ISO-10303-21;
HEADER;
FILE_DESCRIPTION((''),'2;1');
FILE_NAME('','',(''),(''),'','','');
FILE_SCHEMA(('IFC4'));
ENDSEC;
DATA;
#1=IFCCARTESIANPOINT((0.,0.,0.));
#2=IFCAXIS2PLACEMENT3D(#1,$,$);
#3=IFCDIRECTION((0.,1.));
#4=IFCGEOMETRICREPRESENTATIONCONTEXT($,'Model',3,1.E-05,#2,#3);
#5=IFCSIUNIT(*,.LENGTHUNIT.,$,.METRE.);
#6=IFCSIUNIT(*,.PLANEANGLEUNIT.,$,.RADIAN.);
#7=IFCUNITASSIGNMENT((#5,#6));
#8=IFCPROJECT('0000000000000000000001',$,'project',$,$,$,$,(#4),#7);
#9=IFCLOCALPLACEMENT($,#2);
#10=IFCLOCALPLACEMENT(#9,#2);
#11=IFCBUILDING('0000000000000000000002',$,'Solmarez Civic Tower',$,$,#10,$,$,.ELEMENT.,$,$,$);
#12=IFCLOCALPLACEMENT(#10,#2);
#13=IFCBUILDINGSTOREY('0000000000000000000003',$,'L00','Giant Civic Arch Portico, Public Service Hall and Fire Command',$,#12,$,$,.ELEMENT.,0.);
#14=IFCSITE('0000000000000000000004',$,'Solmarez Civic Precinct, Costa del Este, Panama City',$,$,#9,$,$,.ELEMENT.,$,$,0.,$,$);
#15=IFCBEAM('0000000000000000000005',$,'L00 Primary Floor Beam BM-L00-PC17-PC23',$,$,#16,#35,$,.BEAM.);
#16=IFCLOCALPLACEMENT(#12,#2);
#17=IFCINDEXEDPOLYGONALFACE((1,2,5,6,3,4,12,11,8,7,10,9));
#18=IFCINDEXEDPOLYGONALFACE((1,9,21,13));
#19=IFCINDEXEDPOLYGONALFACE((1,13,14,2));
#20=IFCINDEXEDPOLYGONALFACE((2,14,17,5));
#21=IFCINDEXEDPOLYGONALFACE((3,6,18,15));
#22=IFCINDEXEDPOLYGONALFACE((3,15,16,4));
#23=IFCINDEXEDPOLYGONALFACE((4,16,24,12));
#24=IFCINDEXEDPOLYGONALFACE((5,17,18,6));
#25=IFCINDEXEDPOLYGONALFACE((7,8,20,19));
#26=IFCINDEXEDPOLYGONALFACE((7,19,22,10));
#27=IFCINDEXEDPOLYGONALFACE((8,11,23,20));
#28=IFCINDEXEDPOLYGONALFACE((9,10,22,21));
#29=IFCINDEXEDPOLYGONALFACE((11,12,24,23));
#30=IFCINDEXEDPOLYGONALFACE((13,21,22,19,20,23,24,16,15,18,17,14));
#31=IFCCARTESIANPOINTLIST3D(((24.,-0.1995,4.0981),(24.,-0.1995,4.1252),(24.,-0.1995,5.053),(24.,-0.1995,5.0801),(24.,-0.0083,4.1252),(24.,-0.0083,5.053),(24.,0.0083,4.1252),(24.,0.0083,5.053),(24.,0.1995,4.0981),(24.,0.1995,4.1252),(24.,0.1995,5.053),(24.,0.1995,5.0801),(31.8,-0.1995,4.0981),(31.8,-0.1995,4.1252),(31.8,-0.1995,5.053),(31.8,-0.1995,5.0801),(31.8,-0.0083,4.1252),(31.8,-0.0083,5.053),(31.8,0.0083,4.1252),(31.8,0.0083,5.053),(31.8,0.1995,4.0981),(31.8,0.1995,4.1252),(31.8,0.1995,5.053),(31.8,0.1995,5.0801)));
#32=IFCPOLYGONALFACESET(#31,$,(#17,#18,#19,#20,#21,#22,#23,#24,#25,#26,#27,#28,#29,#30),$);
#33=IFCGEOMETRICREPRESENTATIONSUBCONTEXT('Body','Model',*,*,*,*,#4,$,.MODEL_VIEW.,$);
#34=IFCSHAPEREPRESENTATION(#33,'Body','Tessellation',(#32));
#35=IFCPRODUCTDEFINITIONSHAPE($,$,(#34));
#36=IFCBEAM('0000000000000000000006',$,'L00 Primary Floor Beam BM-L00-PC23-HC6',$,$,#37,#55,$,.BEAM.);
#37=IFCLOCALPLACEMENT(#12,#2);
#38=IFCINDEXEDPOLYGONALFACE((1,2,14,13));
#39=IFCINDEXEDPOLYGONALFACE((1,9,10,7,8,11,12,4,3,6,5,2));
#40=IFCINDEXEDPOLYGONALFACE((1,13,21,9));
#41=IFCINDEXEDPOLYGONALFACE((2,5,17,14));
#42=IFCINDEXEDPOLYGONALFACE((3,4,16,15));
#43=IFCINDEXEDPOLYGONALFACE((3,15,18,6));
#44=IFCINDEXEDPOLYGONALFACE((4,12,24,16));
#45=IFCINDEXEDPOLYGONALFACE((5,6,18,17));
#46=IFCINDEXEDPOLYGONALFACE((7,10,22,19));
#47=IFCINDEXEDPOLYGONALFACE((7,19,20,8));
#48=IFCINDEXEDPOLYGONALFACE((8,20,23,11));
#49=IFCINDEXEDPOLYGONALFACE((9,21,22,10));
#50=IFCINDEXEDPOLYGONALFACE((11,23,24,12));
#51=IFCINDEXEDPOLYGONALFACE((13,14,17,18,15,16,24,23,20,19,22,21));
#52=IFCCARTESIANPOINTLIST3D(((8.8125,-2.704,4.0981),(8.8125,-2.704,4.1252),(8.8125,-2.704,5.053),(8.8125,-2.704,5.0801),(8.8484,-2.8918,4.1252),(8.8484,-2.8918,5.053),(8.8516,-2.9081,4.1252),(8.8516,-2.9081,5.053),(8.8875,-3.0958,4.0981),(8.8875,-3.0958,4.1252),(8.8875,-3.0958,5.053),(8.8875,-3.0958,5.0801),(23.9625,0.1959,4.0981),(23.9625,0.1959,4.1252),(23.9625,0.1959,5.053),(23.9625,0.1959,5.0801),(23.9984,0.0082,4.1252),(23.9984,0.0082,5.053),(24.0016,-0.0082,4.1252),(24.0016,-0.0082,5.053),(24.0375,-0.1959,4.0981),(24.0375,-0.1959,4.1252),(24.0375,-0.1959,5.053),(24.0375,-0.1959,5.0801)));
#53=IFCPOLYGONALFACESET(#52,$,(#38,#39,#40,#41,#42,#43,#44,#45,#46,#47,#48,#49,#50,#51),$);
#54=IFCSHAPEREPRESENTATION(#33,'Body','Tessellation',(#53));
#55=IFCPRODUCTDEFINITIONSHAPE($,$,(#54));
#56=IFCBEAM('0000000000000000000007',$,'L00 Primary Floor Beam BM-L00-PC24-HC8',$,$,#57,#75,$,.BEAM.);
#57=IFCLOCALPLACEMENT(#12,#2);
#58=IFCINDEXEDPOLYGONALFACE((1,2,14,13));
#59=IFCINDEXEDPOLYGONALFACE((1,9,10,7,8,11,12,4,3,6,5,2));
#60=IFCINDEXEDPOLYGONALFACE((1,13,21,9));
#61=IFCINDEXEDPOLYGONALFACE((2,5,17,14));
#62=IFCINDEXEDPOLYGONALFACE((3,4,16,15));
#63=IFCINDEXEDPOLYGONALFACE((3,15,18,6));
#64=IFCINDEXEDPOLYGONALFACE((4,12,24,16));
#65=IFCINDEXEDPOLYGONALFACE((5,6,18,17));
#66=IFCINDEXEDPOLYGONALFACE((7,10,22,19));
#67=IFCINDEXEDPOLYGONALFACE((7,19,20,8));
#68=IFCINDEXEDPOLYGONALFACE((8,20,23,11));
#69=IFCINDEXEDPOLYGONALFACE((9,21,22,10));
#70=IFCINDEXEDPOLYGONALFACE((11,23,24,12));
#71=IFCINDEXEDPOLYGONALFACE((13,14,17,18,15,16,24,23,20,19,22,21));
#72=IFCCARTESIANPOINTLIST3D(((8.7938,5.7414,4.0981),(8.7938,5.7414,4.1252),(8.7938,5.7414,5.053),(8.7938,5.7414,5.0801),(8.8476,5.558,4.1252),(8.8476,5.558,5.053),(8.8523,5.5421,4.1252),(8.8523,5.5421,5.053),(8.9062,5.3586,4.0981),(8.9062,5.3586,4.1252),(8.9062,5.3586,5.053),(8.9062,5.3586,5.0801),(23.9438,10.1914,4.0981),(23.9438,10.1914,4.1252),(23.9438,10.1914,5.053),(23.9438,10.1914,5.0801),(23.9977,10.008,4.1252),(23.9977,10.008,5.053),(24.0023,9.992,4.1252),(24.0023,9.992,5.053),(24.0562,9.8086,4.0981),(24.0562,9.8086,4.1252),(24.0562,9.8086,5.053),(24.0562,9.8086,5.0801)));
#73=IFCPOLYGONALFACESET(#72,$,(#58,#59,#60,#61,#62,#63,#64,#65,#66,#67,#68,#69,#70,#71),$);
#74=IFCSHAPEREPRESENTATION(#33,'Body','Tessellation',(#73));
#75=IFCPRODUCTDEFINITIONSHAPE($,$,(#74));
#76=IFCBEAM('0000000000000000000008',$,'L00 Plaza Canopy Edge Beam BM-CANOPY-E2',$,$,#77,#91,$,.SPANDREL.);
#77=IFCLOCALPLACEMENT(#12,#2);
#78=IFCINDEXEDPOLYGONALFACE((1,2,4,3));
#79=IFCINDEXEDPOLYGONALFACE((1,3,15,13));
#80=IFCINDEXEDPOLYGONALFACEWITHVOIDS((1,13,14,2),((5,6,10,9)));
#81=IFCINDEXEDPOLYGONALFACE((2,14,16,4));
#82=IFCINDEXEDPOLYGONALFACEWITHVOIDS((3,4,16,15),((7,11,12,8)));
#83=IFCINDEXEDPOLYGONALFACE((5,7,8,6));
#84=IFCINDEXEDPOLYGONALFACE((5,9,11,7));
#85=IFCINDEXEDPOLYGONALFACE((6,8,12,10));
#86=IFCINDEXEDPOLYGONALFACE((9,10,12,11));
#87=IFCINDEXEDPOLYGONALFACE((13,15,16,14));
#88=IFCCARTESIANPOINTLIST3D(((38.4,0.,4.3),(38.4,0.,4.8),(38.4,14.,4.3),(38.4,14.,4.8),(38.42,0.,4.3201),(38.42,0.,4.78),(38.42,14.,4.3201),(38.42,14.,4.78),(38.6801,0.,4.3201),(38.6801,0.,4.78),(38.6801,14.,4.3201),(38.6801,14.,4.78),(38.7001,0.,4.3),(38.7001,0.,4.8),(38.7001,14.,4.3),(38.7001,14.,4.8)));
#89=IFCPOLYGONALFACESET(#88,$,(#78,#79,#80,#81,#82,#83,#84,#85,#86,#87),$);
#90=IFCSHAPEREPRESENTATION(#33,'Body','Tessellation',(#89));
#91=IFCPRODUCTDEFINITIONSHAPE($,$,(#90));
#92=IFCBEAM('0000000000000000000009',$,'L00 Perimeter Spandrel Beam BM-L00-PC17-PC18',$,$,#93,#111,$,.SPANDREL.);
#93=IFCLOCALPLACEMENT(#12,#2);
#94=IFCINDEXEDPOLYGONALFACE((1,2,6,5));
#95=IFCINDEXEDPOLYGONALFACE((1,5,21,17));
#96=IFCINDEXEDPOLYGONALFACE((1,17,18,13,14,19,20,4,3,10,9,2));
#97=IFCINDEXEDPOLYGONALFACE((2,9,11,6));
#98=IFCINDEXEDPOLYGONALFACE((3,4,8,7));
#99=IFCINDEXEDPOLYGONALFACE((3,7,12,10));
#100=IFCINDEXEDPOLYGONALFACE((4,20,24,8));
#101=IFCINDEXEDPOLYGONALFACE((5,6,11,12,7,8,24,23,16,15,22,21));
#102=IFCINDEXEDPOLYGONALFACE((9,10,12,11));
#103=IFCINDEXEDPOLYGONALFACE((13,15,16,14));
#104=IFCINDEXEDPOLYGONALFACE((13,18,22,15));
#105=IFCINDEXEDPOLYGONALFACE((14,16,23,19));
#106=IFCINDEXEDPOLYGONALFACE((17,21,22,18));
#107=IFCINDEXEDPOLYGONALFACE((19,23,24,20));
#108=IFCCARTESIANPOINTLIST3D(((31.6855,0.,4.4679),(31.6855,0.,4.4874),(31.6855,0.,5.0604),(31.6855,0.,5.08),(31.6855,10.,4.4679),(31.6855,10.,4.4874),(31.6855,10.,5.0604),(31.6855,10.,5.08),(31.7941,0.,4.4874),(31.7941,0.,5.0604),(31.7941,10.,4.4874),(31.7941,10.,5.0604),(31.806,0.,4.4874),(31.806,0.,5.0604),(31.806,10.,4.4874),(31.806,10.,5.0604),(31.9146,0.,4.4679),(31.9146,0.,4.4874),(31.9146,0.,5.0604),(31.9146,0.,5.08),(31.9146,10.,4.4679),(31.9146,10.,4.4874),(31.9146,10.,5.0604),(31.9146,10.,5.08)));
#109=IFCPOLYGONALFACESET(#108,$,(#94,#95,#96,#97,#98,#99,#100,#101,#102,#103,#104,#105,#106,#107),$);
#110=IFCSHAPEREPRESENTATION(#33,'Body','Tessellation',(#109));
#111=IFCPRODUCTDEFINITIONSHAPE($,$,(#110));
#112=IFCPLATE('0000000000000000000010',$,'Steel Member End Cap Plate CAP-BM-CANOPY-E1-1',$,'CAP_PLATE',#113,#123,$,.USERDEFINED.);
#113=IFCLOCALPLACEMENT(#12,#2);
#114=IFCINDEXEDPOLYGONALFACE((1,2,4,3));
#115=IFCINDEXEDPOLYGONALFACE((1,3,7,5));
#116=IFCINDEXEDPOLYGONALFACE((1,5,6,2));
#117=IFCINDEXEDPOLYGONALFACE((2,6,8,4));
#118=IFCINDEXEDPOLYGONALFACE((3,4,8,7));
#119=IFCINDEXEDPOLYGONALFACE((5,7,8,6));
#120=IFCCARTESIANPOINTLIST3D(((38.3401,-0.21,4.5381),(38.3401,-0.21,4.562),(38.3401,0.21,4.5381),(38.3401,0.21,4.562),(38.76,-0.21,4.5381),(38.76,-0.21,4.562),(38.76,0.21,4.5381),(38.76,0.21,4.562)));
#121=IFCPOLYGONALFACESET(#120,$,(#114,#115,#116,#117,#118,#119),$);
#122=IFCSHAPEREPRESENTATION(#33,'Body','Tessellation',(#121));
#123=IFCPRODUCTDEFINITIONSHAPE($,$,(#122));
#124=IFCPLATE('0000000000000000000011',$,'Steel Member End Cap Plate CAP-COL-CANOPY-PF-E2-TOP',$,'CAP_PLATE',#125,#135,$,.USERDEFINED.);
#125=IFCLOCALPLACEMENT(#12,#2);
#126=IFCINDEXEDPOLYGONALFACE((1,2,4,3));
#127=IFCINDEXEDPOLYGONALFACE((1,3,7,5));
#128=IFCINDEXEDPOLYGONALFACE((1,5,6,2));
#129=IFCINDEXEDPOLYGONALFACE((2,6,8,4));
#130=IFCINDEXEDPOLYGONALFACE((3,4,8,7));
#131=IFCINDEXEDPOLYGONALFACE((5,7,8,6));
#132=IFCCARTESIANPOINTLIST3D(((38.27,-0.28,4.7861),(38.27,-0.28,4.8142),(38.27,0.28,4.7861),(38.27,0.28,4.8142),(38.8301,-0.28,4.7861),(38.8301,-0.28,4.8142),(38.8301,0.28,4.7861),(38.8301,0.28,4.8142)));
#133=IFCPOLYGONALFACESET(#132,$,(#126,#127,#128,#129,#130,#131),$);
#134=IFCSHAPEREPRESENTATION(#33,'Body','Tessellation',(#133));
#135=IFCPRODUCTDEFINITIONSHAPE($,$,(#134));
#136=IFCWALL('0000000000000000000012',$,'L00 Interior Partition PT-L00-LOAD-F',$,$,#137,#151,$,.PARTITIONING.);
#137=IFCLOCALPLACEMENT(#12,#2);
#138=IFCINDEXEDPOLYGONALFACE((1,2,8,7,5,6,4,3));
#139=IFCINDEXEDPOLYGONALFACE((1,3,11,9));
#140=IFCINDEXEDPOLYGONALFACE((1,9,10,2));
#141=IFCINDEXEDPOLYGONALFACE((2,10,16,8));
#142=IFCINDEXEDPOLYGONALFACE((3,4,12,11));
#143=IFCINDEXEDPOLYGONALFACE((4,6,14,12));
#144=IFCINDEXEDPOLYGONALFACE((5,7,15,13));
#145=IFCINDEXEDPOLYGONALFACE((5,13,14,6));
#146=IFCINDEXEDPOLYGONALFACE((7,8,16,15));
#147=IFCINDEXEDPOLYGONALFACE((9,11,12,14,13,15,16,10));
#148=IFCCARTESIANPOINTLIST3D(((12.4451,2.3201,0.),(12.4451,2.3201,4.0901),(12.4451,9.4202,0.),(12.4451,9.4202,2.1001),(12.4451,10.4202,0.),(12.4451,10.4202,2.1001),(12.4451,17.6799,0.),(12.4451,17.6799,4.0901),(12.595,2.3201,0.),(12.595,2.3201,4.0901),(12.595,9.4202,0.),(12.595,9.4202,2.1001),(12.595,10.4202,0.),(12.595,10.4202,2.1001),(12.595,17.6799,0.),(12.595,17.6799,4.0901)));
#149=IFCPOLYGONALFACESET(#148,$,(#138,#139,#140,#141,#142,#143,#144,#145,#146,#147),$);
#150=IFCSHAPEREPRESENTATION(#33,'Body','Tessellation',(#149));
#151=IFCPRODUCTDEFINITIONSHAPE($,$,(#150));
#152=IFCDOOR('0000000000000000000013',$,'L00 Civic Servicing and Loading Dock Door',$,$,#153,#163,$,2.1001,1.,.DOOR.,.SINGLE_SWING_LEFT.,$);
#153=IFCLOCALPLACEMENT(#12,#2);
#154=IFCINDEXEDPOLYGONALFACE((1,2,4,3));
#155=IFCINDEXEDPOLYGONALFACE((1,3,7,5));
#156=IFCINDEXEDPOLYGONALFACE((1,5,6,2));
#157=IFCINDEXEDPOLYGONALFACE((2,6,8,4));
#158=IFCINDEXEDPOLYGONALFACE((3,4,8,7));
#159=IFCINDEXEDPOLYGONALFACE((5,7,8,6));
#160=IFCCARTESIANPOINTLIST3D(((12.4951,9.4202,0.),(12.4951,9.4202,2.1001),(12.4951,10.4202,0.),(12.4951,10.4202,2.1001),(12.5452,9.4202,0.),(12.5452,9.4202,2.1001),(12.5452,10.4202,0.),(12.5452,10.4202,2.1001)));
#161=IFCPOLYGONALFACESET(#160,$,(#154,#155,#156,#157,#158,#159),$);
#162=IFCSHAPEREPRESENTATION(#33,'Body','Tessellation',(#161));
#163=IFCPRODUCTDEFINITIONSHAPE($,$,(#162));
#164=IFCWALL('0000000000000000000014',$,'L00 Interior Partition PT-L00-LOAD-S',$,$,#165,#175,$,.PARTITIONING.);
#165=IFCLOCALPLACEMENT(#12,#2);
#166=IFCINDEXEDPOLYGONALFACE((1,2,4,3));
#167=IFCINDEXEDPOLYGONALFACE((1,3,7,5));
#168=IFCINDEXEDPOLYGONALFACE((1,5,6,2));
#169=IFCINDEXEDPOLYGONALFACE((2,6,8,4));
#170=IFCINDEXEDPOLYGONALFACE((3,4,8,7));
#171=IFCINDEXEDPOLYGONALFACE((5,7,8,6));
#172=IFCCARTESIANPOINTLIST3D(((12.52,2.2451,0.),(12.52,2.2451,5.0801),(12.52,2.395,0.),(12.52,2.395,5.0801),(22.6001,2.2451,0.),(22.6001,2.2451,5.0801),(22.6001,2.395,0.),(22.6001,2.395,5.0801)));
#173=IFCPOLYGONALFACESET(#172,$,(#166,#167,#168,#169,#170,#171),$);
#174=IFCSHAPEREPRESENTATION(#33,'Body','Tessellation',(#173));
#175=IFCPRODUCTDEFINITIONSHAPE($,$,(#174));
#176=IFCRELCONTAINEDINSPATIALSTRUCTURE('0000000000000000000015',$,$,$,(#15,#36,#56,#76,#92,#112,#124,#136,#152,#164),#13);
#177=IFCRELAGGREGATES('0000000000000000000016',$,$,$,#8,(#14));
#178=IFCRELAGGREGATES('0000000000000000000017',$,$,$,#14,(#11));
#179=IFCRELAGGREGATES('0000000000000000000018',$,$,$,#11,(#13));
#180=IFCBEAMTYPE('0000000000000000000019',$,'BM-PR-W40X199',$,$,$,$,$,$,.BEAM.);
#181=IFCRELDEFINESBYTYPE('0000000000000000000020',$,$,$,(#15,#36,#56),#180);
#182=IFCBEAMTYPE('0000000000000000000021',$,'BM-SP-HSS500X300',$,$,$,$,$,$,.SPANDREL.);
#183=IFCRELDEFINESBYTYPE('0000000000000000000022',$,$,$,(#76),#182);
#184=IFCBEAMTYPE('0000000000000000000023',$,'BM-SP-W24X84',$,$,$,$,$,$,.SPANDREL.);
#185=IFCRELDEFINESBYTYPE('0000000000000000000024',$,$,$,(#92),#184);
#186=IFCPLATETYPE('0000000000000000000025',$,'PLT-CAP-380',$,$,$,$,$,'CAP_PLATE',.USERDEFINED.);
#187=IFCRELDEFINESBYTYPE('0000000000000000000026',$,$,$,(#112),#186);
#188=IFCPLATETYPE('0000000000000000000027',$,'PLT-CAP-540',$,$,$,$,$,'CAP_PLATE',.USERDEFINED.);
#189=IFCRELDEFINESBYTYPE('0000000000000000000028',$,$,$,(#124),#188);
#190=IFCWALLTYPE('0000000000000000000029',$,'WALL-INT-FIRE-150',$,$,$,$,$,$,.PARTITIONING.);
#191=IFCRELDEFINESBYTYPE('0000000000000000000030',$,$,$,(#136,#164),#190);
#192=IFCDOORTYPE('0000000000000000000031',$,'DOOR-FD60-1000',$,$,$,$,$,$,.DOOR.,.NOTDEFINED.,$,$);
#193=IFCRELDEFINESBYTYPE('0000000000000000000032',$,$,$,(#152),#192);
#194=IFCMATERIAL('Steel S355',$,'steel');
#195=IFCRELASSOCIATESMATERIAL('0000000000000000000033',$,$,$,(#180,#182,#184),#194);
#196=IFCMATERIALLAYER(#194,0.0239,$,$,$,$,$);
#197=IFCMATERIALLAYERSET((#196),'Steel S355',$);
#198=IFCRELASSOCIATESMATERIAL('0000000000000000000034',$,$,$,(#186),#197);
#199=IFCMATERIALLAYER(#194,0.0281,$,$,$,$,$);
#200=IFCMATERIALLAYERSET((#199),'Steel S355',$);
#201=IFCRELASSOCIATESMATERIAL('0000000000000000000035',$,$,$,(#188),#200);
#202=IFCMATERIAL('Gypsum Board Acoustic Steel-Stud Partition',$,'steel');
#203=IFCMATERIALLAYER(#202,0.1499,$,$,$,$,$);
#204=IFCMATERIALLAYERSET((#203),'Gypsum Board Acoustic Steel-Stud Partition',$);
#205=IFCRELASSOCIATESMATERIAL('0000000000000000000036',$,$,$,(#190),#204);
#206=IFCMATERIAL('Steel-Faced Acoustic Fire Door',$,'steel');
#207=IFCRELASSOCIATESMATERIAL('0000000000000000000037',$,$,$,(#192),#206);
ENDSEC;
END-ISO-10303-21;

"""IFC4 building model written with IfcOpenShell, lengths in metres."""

from ifc_helpers import new_model, si_unit, direction, frame, frame_2d, origin, origin_2d, place, context, subcontext, project, spatial, rectangle, hollow_rectangle, i_section, extrude, material, layer, layer_set, material_profile, profile_set, type_object, element, fill, save


model = new_model("IFC4")

# Units and contexts
model_context = context("Model", 3, precision=1e-05, world=origin(), true_north=direction((0.0, 1.0)))
body_context = subcontext(model_context, "Body", "Model", "MODEL_VIEW")
ifc_project = project(units=[si_unit("LENGTHUNIT", "METRE"), si_unit("PLANEANGLEUNIT", "RADIAN")], contexts=[model_context])

# Site, building, storey
site_placement = place(None, origin())
site = spatial("IfcSite", under=ifc_project, at=site_placement, Name="Solmarez Civic Precinct, Costa del Este, Panama City", CompositionType="ELEMENT", RefElevation=0.0)
building_placement = place(site_placement, origin())
building = spatial("IfcBuilding", under=site, at=building_placement, Name="Solmarez Civic Tower", CompositionType="ELEMENT")
storey_placement = place(building_placement, origin())
storey = spatial("IfcBuildingStorey", under=building, at=storey_placement, Name="L00", Description="Giant Civic Arch Portico, Public Service Hall and Fire Command", CompositionType="ELEMENT", Elevation=0.0)

# Shared definitions
ifc_material_1 = material(Name="Steel S355", Category="steel")

# Beams
ifc_material_profile_1 = material_profile(ifc_material_1, i_section(OverallWidth=0.3989, OverallDepth=0.9819, WebThickness=0.0166, FlangeThickness=0.0271, at=origin_2d()), Name="W40X199")
ifc_profile_set_1 = profile_set([ifc_material_profile_1], Name="Steel S355")
beam_type_1 = type_object("IfcBeamType", Name="BM-PR-W40X199", PredefinedType="BEAM", material=ifc_profile_set_1)
beam_1_placement = place(storey_placement, frame((31.8, 0.0, 4.5891), z_axis=(-1.0, 0.0, 0.0), x_axis=(0.0, -1.0, 0.0)))
element("IfcBeam", 1, at=beam_1_placement, inside=storey, type_object=beam_type_1, Name="L00 Primary Floor Beam BM-L00-PC17-PC23", PredefinedType="BEAM", context=body_context, shape_type="SweptSolid", body=[
    extrude(i_section(OverallWidth=0.3989, OverallDepth=0.9819, WebThickness=0.0166, FlangeThickness=0.0271, at=origin_2d()), origin(), (0.0, 0.0, 1.0), 7.8),
])
beam_2_placement = place(storey_placement, frame((24.0, 0.0, 4.5891), z_axis=(-0.982169, -0.188001, 0.0), x_axis=(0.188001, -0.982169, 0.0)))
element("IfcBeam", 2, at=beam_2_placement, inside=storey, type_object=beam_type_1, Name="L00 Primary Floor Beam BM-L00-PC23-HC6", PredefinedType="BEAM", context=body_context, shape_type="SweptSolid", body=[
    extrude(i_section(OverallWidth=0.3989, OverallDepth=0.9819, WebThickness=0.0166, FlangeThickness=0.0271, at=origin_2d()), origin(), (0.0, 0.0, 1.0), 15.425),
])
beam_3_placement = place(storey_placement, frame((24.0, 10.0, 4.5891), z_axis=(-0.959467, -0.281822, 0.0), x_axis=(0.281822, -0.959467, 0.0)))
element("IfcBeam", 3, at=beam_3_placement, inside=storey, type_object=beam_type_1, Name="L00 Primary Floor Beam BM-L00-PC24-HC8", PredefinedType="BEAM", context=body_context, shape_type="SweptSolid", body=[
    extrude(i_section(OverallWidth=0.3989, OverallDepth=0.9819, WebThickness=0.0166, FlangeThickness=0.0271, at=origin_2d()), origin(), (0.0, 0.0, 1.0), 15.79),
])
ifc_material_profile_2 = material_profile(ifc_material_1, hollow_rectangle(XDim=0.3, YDim=0.5, WallThickness=0.02, at=origin_2d()), Name="HSS500X300X20")
ifc_profile_set_2 = profile_set([ifc_material_profile_2], Name="Steel S355")
beam_type_2 = type_object("IfcBeamType", Name="BM-SP-HSS500X300", PredefinedType="SPANDREL", material=ifc_profile_set_2)
beam_4_placement = place(storey_placement, frame((38.55, 0.0, 4.55), z_axis=(0.0, 1.0, 0.0), x_axis=(-1.0, 0.0, 0.0)))
element("IfcBeam", 4, at=beam_4_placement, inside=storey, type_object=beam_type_2, Name="L00 Plaza Canopy Edge Beam BM-CANOPY-E2", PredefinedType="SPANDREL", context=body_context, shape_type="SweptSolid", body=[
    extrude(hollow_rectangle(XDim=0.3, YDim=0.5, WallThickness=0.02, at=origin_2d()), origin(), (0.0, 0.0, 1.0), 14.0),
])
ifc_material_profile_3 = material_profile(ifc_material_1, i_section(OverallWidth=0.229, OverallDepth=0.6121, WebThickness=0.012, FlangeThickness=0.0195, at=origin_2d()), Name="W24X84")
ifc_profile_set_3 = profile_set([ifc_material_profile_3], Name="Steel S355")
beam_type_3 = type_object("IfcBeamType", Name="BM-SP-W24X84", PredefinedType="SPANDREL", material=ifc_profile_set_3)
beam_5_placement = place(storey_placement, frame((31.8, 0.0, 4.7739), z_axis=(0.0, 1.0, 0.0), x_axis=(-1.0, 0.0, 0.0)))
element("IfcBeam", 5, at=beam_5_placement, inside=storey, type_object=beam_type_3, Name="L00 Perimeter Spandrel Beam BM-L00-PC17-PC18", PredefinedType="SPANDREL", context=body_context, shape_type="SweptSolid", body=[
    extrude(i_section(OverallWidth=0.229, OverallDepth=0.6121, WebThickness=0.012, FlangeThickness=0.0195, at=origin_2d()), origin(), (0.0, 0.0, 1.0), 10.0),
])

# Plates
ifc_layer_1 = layer(ifc_material_1, 0.0239)
ifc_layer_set_1 = layer_set([ifc_layer_1], Name="Steel S355")
plate_type_1 = type_object("IfcPlateType", Name="PLT-CAP-380", ElementType="CAP_PLATE", PredefinedType="USERDEFINED", material=ifc_layer_set_1)
plate_1_placement = place(storey_placement, frame((38.55, 0.0, 4.5381), z_axis=(0.0, 0.0, 1.0), x_axis=(1.0, 0.0, 0.0)))
element("IfcPlate", 6, at=plate_1_placement, inside=storey, type_object=plate_type_1, Name="Steel Member End Cap Plate CAP-BM-CANOPY-E1-1", ObjectType="CAP_PLATE", PredefinedType="USERDEFINED", context=body_context, shape_type="SweptSolid", body=[
    extrude(rectangle(XDim=0.4199, YDim=0.4199, at=origin_2d()), origin(), (0.0, 0.0, 1.0), 0.0239),
])
ifc_layer_2 = layer(ifc_material_1, 0.0281)
ifc_layer_set_2 = layer_set([ifc_layer_2], Name="Steel S355")
plate_type_2 = type_object("IfcPlateType", Name="PLT-CAP-540", ElementType="CAP_PLATE", PredefinedType="USERDEFINED", material=ifc_layer_set_2)
plate_2_placement = place(storey_placement, frame((38.55, 0.0, 4.7861), z_axis=(0.0, 0.0, 1.0), x_axis=(1.0, 0.0, 0.0)))
element("IfcPlate", 7, at=plate_2_placement, inside=storey, type_object=plate_type_2, Name="Steel Member End Cap Plate CAP-COL-CANOPY-PF-E2-TOP", ObjectType="CAP_PLATE", PredefinedType="USERDEFINED", context=body_context, shape_type="SweptSolid", body=[
    extrude(rectangle(XDim=0.5601, YDim=0.5601, at=origin_2d()), origin(), (0.0, 0.0, 1.0), 0.0281),
])

# Wall, opening, door
ifc_material_2 = material(Name="Gypsum Board Acoustic Steel-Stud Partition", Category="steel")
ifc_layer_3 = layer(ifc_material_2, 0.1499)
ifc_layer_set_3 = layer_set([ifc_layer_3], Name="Gypsum Board Acoustic Steel-Stud Partition")
wall_type = type_object("IfcWallType", Name="WALL-INT-FIRE-150", PredefinedType="PARTITIONING", material=ifc_layer_set_3)
wall_1_placement = place(storey_placement, frame((12.52, 2.3201, 0.0), z_axis=(0.0, 0.0, 1.0), x_axis=(0.0, 1.0, 0.0)))
wall_1 = element("IfcWall", 8, at=wall_1_placement, inside=storey, type_object=wall_type, Name="L00 Interior Partition PT-L00-LOAD-F", PredefinedType="PARTITIONING", context=body_context, shape_type="SweptSolid", body=[
    extrude(rectangle(XDim=15.3599, YDim=0.1499, at=frame_2d((7.6799, 0.0))), origin(), (0.0, 0.0, 1.0), 4.0901),
])
opening_placement = place(wall_1_placement, frame((7.1001, 0.0, 0.0)))
opening = element("IfcOpeningElement", 9, at=opening_placement, cuts=wall_1, PredefinedType="OPENING", context=body_context, shape_type="SweptSolid", body=[
    extrude(rectangle(XDim=1.0, YDim=2.1001, at=frame_2d((0.5, 1.05))), frame((0.0, 0.085, 0.0), z_axis=(0.0, -1.0, 0.0), x_axis=(1.0, 0.0, 0.0)), (0.0, 0.0, 1.0), 0.1699),
])
ifc_material_3 = material(Name="Steel-Faced Acoustic Fire Door", Category="steel")
door_type = type_object("IfcDoorType", Name="DOOR-FD60-1000", OperationType="NOTDEFINED", PredefinedType="DOOR", material=ifc_material_3)
door_placement = place(opening_placement, origin())
door = element("IfcDoor", 10, at=door_placement, inside=storey, type_object=door_type, Name="L00 Civic Servicing and Loading Dock Door", OperationType="SINGLE_SWING_LEFT", OverallHeight=2.1001, OverallWidth=1.0, PredefinedType="DOOR", context=body_context, shape_type="SweptSolid", body=[
    extrude(rectangle(XDim=1.0, YDim=2.1001, at=frame_2d((0.5, 1.05))), frame((0.0, 0.0249, 0.0), z_axis=(0.0, -1.0, 0.0), x_axis=(1.0, 0.0, 0.0)), (0.0, 0.0, 1.0), 0.05),
])
fill(opening, door)

# Wall
wall_2_placement = place(storey_placement, frame((12.52, 2.3201, 0.0), z_axis=(0.0, 0.0, 1.0), x_axis=(1.0, 0.0, 0.0)))
element("IfcWall", 11, at=wall_2_placement, inside=storey, type_object=wall_type, Name="L00 Interior Partition PT-L00-LOAD-S", PredefinedType="PARTITIONING", context=body_context, shape_type="SweptSolid", body=[
    extrude(rectangle(XDim=10.0801, YDim=0.1499, at=frame_2d((5.04, 0.0))), origin(), (0.0, 0.0, 1.0), 5.0801),
])

save(model, "model.ifc")
